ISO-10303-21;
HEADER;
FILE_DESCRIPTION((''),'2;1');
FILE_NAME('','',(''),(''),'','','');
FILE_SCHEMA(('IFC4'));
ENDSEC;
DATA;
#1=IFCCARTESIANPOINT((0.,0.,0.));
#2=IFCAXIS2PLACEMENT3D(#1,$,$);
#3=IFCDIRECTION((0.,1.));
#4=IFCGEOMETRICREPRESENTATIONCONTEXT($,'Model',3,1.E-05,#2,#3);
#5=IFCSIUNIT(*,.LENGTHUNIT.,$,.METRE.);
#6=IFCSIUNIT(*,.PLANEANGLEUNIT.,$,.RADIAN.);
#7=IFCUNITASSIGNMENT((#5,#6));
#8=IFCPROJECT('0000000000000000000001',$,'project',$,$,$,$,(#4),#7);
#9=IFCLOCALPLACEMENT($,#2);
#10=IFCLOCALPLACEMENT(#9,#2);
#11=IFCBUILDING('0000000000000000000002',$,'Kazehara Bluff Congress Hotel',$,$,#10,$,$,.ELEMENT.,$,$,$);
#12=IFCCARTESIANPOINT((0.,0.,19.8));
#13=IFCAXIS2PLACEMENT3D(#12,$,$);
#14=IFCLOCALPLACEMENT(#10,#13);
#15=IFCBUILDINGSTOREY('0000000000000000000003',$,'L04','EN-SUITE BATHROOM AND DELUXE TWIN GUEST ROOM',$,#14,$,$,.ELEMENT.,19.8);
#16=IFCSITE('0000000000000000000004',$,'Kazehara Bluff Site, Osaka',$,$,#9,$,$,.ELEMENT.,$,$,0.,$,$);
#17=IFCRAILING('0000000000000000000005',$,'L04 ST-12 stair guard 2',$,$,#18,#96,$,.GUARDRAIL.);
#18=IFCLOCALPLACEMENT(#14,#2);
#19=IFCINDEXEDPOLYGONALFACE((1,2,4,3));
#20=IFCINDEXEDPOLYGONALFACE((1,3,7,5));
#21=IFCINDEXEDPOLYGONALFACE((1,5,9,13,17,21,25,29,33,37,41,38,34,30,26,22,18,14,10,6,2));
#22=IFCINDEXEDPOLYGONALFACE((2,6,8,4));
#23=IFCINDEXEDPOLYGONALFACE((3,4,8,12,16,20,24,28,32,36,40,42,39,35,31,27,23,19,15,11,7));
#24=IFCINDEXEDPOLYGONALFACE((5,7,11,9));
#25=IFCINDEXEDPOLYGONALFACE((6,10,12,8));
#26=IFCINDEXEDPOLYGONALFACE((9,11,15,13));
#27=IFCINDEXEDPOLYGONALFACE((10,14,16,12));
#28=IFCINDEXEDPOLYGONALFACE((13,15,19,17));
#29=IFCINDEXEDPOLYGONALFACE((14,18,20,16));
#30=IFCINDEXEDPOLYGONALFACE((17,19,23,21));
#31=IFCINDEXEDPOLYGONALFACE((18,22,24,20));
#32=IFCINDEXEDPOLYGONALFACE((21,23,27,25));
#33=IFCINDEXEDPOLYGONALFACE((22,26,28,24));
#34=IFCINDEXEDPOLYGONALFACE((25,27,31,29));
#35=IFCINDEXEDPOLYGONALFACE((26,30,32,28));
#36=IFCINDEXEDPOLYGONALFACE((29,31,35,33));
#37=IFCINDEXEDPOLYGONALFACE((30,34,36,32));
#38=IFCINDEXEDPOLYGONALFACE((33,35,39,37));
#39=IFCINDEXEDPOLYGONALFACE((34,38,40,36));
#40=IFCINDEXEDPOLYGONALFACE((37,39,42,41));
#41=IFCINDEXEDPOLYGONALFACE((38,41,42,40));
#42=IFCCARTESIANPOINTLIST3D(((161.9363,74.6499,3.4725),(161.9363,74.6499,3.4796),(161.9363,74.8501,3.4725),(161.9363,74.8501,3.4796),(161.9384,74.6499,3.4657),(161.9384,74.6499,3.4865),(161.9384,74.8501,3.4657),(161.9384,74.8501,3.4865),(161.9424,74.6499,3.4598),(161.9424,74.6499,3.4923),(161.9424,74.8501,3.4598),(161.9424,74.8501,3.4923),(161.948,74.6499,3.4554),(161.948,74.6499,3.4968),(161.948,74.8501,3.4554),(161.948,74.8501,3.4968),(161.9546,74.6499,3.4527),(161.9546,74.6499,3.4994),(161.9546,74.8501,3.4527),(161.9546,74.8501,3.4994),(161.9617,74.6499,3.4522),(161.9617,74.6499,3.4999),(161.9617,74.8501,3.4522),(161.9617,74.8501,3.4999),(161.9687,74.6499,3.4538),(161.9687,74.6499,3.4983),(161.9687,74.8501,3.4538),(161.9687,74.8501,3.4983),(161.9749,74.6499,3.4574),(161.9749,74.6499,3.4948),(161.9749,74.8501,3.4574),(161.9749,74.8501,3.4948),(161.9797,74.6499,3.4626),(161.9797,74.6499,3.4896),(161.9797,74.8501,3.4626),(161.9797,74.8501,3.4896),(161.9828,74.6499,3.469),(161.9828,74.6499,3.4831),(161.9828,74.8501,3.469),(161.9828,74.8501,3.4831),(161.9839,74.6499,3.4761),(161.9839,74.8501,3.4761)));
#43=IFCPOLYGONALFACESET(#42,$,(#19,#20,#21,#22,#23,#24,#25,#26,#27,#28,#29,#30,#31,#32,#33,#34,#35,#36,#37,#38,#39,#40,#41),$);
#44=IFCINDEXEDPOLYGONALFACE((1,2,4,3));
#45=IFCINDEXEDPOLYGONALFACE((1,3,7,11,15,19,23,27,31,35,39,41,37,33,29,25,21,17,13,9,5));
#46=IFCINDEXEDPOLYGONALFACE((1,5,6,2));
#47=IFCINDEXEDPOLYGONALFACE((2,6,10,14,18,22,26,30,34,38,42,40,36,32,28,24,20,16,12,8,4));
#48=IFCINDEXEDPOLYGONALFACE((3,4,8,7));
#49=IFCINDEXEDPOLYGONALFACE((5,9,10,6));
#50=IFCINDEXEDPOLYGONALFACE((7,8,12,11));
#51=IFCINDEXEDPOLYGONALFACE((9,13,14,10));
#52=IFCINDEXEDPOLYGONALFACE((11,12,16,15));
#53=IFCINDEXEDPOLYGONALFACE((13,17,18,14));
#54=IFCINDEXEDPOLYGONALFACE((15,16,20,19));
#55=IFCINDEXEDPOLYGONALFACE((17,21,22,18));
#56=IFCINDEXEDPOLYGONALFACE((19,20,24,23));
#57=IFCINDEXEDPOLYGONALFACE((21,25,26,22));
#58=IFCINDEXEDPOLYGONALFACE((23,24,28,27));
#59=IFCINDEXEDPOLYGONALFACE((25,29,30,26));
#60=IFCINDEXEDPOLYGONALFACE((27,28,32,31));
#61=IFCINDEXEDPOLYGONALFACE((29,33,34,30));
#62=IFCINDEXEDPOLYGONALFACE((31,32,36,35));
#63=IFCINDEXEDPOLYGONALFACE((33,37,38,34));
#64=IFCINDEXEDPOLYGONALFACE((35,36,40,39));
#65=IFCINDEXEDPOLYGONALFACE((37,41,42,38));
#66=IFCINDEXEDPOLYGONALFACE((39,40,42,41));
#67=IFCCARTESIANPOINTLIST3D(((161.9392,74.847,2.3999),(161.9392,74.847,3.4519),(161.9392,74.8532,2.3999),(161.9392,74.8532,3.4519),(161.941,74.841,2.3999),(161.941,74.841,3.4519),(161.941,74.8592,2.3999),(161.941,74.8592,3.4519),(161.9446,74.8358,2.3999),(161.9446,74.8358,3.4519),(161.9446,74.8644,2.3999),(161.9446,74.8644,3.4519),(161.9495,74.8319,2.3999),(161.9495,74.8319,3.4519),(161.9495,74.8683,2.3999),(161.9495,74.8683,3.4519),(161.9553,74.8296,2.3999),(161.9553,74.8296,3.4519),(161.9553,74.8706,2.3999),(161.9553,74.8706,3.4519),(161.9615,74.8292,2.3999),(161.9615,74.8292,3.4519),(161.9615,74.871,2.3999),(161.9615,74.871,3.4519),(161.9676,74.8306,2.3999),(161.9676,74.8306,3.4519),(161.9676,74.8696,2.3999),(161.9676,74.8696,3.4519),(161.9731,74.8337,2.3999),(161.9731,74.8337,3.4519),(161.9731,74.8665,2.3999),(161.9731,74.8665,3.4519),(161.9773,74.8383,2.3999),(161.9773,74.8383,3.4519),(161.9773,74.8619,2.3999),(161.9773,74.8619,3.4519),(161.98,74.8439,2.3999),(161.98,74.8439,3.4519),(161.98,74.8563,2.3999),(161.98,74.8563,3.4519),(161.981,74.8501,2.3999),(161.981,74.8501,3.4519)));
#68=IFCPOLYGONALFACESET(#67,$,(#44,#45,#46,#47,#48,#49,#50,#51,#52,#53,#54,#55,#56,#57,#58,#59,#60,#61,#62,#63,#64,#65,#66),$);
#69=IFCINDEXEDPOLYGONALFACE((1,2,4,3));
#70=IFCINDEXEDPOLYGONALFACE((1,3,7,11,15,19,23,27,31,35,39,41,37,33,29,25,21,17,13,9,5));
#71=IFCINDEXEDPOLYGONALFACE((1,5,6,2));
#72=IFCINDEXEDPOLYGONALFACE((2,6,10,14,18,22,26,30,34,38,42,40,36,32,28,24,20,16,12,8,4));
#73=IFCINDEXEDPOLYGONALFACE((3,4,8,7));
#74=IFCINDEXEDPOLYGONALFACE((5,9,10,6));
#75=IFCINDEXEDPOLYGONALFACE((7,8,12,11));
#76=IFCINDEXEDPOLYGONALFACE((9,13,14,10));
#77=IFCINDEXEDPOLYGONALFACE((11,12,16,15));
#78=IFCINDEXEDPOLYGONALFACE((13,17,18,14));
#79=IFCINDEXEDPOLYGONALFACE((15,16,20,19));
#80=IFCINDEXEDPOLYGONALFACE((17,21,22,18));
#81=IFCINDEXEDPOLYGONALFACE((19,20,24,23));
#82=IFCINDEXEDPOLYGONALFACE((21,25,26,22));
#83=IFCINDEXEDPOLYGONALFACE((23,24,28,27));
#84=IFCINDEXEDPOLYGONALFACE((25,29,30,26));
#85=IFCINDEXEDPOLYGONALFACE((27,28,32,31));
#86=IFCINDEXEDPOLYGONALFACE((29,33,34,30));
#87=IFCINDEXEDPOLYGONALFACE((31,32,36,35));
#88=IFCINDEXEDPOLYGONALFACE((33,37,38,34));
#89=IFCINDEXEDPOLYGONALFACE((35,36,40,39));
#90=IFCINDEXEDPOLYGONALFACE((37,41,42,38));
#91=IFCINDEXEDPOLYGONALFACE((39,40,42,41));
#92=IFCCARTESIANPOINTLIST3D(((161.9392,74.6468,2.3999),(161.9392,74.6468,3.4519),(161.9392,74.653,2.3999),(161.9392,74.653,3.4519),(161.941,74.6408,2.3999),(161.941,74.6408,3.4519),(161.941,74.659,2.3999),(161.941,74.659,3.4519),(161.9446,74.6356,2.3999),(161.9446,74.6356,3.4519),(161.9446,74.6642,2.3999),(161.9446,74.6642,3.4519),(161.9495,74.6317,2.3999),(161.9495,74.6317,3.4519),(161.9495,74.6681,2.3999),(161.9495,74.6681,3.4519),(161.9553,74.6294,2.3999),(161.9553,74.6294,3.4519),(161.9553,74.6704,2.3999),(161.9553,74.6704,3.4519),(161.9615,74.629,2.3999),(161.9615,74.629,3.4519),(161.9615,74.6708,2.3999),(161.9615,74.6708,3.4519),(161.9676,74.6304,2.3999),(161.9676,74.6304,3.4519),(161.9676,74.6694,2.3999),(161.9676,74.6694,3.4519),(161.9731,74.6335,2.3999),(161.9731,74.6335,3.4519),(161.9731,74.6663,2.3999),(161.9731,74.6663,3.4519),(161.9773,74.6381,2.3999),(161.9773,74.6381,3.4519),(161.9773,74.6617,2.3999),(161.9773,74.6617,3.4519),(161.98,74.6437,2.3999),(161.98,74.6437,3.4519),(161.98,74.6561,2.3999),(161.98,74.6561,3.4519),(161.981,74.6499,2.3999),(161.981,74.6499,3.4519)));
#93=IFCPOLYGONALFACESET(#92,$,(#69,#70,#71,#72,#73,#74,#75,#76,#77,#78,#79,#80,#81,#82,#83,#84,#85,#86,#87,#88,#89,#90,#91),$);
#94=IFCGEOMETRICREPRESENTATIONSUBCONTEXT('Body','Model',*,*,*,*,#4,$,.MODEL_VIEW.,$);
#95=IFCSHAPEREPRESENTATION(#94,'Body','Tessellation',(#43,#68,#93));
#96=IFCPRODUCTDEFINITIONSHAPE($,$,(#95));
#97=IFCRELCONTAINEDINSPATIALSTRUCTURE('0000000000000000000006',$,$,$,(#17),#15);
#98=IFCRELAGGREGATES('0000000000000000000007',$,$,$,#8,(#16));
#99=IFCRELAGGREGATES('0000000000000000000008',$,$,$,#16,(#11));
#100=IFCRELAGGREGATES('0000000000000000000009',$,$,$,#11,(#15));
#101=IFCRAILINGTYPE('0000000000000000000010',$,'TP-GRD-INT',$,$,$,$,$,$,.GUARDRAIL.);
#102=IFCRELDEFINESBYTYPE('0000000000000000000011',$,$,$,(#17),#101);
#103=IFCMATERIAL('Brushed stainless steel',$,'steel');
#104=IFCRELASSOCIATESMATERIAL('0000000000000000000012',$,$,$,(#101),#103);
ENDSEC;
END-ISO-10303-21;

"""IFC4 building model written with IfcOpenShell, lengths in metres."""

from ifc_helpers import new_model, si_unit, direction, frame, origin, origin_2d, place, context, subcontext, project, spatial, circle, extrude, material, type_object, element, save


model = new_model("IFC4")

# Units and contexts
model_context = context("Model", 3, precision=1e-05, world=origin(), true_north=direction((0.0, 1.0)))
body_context = subcontext(model_context, "Body", "Model", "MODEL_VIEW")
ifc_project = project(units=[si_unit("LENGTHUNIT", "METRE"), si_unit("PLANEANGLEUNIT", "RADIAN")], contexts=[model_context])

# Site, building, storey
site_placement = place(None, origin())
site = spatial("IfcSite", under=ifc_project, at=site_placement, Name="Kazehara Bluff Site, Osaka", CompositionType="ELEMENT", RefElevation=0.0)
building_placement = place(site_placement, origin())
building = spatial("IfcBuilding", under=site, at=building_placement, Name="Kazehara Bluff Congress Hotel", CompositionType="ELEMENT")
storey_placement = place(building_placement, frame((0.0, 0.0, 19.8)))
storey = spatial("IfcBuildingStorey", under=building, at=storey_placement, Name="L04", Description="EN-SUITE BATHROOM AND DELUXE TWIN GUEST ROOM", CompositionType="ELEMENT", Elevation=19.8)

# Railing
ifc_material_1 = material(Name="Brushed stainless steel", Category="steel")
railing_type_1 = type_object("IfcRailingType", Name="TP-GRD-INT", PredefinedType="GUARDRAIL", material=ifc_material_1)
railing_1_placement = place(storey_placement, frame((161.96, 74.8501, 2.3999)))
element("IfcRailing", 1, at=railing_1_placement, inside=storey, type_object=railing_type_1, Name="L04 ST-12 stair guard 2", PredefinedType="GUARDRAIL", context=body_context, shape_type="SweptSolid", body=[
    extrude(circle(Radius=0.0239, at=origin_2d()), frame((0.0, 0.0, 1.0762), z_axis=(0.0, -1.0, 0.0), x_axis=(1.0, 0.0, 0.0)), (0.0, 0.0, 1.0), 0.2002),
    extrude(circle(Radius=0.021, at=origin_2d()), origin(), (0.0, 0.0, 1.0), 1.052),
    extrude(circle(Radius=0.021, at=origin_2d()), frame((0.0, -0.2002, 0.0)), (0.0, 0.0, 1.0), 1.052),
])

save(model, "model.ifc")
